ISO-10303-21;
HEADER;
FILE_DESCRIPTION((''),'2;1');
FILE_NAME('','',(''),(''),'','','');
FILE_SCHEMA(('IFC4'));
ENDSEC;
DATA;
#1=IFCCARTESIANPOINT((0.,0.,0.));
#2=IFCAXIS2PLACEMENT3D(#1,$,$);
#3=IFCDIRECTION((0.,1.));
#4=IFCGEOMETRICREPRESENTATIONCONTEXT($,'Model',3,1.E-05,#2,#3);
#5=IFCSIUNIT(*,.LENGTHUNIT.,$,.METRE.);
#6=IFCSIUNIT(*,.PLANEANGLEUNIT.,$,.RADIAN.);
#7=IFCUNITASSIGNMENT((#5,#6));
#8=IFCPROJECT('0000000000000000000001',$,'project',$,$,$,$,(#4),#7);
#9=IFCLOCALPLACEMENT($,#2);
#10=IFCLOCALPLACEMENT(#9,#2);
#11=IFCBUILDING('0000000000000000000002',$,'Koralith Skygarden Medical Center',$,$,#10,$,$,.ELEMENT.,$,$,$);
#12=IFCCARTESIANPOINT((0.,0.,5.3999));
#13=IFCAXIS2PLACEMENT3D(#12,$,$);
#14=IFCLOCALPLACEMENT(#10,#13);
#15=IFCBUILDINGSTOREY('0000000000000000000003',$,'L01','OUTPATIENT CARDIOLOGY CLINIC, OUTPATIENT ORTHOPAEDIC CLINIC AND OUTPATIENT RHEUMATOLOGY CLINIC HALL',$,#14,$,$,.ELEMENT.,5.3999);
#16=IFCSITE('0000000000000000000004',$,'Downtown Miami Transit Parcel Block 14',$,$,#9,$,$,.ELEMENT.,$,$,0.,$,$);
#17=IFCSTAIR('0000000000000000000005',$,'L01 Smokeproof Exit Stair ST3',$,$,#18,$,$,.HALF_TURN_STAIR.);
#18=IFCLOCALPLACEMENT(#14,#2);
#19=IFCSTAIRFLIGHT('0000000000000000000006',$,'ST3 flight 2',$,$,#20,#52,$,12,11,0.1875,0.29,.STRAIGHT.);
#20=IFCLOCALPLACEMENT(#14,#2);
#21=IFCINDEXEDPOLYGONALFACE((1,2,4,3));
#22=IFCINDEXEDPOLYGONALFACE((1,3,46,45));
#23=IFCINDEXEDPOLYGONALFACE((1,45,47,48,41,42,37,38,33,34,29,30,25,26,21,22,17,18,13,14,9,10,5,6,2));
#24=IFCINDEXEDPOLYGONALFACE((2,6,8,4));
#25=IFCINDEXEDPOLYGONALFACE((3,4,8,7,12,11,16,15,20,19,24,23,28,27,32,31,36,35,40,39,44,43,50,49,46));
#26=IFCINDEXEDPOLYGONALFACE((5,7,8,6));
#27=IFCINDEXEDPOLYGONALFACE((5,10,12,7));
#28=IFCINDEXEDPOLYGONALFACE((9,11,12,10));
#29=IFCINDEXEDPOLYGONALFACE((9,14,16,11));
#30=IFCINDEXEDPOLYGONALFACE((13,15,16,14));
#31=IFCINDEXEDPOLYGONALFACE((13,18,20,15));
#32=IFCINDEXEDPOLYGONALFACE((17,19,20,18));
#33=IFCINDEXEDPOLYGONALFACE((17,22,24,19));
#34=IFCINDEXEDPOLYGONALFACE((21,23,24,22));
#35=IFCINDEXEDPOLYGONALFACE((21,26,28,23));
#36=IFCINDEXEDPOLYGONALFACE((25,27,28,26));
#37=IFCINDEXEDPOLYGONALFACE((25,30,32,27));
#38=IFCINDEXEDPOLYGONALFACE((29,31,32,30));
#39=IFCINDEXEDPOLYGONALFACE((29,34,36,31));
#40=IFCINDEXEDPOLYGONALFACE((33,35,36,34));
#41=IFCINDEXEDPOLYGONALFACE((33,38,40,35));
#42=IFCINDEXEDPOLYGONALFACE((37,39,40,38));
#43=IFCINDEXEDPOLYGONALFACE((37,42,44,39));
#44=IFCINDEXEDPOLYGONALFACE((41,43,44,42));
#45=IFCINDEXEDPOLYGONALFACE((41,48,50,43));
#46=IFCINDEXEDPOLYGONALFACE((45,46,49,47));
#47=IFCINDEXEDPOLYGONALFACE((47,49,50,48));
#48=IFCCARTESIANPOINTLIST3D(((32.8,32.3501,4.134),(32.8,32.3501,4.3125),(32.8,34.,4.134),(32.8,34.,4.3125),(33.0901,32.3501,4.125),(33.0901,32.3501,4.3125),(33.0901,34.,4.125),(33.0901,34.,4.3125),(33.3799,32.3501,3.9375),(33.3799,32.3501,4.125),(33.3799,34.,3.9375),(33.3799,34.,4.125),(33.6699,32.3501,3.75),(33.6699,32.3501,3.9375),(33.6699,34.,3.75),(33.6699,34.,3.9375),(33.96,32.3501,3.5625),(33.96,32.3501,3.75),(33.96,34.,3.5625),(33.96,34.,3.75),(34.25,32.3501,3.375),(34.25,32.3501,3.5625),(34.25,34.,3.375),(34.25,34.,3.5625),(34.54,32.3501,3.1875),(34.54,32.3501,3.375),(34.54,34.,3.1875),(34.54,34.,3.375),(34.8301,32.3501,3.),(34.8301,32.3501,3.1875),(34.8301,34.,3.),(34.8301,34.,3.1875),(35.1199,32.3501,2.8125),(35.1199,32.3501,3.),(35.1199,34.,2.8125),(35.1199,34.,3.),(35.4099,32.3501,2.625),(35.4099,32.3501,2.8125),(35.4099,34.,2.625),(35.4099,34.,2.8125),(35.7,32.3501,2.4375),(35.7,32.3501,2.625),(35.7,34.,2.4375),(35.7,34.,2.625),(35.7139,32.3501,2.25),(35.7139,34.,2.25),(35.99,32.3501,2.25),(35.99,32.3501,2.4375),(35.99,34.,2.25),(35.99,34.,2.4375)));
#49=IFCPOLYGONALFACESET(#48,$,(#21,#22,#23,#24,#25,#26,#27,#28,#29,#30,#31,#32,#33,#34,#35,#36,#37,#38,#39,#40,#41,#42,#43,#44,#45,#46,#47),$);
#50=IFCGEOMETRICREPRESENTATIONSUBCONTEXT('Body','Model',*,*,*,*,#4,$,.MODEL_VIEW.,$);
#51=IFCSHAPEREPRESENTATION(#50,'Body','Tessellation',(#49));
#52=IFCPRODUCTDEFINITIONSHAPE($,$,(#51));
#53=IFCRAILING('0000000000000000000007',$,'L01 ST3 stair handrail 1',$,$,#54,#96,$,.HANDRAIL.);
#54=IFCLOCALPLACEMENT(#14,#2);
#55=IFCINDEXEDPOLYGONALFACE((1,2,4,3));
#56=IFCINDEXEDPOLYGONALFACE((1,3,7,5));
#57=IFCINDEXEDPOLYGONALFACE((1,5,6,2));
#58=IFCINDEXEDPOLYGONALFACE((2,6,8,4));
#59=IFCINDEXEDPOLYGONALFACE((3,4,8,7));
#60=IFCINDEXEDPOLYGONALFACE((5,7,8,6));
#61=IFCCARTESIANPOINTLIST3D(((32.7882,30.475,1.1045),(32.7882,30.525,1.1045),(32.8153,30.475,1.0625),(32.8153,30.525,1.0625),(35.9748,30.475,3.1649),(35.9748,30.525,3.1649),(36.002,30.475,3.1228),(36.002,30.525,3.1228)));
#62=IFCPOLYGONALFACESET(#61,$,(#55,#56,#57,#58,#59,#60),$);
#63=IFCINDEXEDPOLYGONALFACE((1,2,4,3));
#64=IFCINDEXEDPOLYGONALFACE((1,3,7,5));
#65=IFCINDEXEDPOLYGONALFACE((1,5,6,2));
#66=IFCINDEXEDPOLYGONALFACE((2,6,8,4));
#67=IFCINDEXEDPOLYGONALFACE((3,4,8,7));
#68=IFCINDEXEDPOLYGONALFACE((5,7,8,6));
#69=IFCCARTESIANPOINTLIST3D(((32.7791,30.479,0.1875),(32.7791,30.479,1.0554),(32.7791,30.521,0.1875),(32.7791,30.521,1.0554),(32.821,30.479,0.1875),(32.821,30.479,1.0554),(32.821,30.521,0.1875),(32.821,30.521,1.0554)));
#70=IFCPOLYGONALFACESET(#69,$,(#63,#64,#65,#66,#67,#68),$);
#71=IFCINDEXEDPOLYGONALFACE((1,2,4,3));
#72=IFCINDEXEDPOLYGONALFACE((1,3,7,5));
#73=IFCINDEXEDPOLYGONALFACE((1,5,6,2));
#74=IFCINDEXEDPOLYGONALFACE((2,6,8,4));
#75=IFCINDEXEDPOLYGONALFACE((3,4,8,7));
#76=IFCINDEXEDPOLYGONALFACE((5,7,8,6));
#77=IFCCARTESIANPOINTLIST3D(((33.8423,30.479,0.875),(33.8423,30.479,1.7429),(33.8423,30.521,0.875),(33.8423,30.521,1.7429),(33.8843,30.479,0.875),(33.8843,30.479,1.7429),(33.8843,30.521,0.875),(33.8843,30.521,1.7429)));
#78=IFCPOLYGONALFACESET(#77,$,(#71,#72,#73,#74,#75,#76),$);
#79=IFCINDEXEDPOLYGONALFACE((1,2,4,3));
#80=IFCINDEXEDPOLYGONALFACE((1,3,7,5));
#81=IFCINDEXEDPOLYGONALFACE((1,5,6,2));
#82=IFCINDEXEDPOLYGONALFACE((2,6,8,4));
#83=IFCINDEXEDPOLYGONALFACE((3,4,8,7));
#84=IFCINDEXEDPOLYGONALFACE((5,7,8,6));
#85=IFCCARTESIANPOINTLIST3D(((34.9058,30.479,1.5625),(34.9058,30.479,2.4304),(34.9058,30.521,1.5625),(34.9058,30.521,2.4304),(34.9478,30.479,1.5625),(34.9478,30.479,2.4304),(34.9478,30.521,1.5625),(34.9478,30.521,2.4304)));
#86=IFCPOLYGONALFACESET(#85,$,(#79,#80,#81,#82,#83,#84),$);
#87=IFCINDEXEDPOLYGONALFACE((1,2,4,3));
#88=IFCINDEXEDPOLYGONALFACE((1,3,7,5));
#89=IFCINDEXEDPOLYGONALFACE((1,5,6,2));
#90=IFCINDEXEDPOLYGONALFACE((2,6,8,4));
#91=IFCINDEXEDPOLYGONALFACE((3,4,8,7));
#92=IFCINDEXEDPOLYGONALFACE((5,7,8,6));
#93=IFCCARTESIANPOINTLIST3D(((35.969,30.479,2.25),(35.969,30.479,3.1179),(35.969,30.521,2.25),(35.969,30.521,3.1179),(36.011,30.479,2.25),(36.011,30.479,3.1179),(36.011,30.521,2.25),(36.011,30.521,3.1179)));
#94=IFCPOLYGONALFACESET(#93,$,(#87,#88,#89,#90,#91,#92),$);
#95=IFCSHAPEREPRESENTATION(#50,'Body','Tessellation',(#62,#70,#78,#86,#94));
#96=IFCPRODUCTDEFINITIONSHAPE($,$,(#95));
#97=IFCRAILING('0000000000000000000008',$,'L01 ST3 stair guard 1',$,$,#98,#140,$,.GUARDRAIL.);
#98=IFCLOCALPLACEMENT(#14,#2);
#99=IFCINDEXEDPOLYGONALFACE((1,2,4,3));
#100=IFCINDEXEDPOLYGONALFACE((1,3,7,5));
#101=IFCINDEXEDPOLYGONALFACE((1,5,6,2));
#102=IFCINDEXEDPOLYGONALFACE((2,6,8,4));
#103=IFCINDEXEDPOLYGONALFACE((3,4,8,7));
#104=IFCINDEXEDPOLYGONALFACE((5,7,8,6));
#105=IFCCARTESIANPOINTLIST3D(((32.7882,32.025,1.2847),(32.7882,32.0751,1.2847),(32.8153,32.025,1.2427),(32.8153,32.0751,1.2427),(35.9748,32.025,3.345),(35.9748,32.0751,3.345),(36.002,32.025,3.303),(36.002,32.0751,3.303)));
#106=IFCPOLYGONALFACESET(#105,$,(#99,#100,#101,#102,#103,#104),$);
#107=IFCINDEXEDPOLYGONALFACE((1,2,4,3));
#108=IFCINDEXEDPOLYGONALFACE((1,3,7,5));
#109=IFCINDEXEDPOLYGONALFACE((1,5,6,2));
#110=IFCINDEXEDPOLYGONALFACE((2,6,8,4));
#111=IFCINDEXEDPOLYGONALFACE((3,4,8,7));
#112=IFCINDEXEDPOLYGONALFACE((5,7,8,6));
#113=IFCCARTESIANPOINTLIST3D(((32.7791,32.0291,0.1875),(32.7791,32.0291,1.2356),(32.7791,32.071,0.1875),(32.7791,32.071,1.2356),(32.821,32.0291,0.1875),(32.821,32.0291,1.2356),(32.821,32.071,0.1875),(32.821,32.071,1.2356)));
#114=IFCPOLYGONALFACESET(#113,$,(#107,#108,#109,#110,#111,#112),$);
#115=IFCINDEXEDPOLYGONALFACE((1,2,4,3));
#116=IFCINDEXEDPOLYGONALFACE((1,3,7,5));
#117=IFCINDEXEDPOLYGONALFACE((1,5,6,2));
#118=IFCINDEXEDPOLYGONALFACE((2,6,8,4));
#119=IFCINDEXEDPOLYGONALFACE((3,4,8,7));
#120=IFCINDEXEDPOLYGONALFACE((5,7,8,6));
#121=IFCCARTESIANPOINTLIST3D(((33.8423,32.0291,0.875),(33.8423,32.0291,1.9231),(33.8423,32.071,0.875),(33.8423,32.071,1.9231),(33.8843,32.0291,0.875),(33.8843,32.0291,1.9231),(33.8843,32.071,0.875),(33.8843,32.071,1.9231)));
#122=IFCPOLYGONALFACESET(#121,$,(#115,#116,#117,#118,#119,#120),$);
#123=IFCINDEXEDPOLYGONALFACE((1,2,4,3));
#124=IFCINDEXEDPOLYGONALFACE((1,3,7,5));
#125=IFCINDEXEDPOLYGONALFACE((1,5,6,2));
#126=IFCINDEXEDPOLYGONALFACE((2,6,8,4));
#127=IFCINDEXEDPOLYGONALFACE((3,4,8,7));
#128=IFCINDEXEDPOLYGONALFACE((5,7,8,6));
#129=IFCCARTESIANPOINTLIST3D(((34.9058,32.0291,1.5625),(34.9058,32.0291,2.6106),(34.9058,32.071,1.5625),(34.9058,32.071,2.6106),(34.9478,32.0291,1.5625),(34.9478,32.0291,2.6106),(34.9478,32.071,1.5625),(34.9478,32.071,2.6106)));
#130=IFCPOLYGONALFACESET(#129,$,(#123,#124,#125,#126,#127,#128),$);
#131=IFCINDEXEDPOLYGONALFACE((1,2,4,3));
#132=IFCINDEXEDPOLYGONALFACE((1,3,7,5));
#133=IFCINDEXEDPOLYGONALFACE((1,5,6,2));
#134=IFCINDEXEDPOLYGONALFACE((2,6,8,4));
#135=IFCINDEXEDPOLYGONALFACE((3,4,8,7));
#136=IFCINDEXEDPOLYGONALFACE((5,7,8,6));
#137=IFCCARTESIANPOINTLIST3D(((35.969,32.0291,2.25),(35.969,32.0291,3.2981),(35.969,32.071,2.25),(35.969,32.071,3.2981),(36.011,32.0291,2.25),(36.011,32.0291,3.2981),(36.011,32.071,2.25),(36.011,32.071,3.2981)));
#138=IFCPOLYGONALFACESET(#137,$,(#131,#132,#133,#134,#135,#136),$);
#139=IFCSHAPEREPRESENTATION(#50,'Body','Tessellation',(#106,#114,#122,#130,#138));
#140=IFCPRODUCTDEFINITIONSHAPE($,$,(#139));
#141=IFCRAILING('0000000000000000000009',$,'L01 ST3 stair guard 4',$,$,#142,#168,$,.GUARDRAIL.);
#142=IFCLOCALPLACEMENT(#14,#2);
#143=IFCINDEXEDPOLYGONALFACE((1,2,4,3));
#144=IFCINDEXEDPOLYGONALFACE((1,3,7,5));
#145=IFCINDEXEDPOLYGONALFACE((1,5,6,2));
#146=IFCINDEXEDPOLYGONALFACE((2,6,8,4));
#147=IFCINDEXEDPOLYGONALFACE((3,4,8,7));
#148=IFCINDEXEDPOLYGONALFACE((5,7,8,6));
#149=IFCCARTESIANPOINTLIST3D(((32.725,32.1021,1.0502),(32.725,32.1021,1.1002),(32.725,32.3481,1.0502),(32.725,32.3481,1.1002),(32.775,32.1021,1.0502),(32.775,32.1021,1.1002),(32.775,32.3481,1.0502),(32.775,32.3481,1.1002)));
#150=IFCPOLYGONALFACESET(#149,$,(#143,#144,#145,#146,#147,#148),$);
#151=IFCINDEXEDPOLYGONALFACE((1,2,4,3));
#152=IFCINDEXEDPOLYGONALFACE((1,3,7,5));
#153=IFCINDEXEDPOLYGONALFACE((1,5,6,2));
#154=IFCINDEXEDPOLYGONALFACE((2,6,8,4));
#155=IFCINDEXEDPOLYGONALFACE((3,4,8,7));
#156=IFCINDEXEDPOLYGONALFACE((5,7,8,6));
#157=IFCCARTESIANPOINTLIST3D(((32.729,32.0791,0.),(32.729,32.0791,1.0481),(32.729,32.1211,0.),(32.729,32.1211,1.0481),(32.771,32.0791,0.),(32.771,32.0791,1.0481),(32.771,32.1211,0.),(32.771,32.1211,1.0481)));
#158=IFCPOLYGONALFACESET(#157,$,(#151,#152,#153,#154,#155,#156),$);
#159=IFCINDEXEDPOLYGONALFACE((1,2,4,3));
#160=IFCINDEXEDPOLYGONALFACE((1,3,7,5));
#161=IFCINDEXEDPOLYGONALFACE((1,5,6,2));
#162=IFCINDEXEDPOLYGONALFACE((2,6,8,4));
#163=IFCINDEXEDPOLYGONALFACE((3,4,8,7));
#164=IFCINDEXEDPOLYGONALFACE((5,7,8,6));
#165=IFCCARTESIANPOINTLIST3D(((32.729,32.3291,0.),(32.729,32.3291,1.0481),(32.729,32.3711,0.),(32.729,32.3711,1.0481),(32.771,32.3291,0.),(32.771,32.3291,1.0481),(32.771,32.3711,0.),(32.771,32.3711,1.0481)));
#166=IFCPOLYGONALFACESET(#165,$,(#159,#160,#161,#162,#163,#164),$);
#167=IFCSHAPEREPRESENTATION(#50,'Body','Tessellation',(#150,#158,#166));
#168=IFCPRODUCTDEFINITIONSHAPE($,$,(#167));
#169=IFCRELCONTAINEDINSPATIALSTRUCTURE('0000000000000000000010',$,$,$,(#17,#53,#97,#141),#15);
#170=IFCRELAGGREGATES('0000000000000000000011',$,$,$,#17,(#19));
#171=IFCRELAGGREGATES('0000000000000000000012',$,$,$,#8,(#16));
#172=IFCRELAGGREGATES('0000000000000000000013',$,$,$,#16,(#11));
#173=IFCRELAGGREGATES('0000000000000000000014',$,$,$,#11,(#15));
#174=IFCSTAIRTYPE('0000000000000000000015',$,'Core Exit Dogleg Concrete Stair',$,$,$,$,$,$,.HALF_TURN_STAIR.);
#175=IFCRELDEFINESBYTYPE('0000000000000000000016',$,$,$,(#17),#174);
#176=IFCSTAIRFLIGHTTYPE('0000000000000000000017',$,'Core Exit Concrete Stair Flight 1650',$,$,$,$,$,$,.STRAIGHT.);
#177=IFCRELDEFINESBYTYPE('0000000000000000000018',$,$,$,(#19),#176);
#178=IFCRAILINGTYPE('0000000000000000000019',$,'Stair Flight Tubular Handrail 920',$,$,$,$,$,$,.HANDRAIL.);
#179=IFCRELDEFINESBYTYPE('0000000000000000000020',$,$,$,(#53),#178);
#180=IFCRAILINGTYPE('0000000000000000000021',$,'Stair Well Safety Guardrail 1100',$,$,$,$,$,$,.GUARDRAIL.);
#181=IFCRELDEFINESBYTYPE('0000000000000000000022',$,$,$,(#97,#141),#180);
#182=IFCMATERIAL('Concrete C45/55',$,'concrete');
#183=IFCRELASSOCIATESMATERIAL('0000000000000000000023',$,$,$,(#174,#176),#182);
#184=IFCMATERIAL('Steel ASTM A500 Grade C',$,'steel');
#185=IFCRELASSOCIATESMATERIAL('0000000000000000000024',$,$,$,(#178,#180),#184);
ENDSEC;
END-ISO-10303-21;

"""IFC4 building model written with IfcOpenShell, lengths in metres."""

from ifc_helpers import new_model, si_unit, direction, frame, origin, origin_2d, place, context, subcontext, project, spatial, polyline, rectangle, outline, extrude, material, type_object, element, aggregate, save


model = new_model("IFC4")

# Units and contexts
model_context = context("Model", 3, precision=1e-05, world=origin(), true_north=direction((0.0, 1.0)))
body_context = subcontext(model_context, "Body", "Model", "MODEL_VIEW")
ifc_project = project(units=[si_unit("LENGTHUNIT", "METRE"), si_unit("PLANEANGLEUNIT", "RADIAN")], contexts=[model_context])

# Site, building, storey
site_placement = place(None, origin())
site = spatial("IfcSite", under=ifc_project, at=site_placement, Name="Downtown Miami Transit Parcel Block 14", CompositionType="ELEMENT", RefElevation=0.0)
building_placement = place(site_placement, origin())
building = spatial("IfcBuilding", under=site, at=building_placement, Name="Koralith Skygarden Medical Center", CompositionType="ELEMENT")
storey_placement = place(building_placement, frame((0.0, 0.0, 5.3999)))
storey = spatial("IfcBuildingStorey", under=building, at=storey_placement, Name="L01", Description="OUTPATIENT CARDIOLOGY CLINIC, OUTPATIENT ORTHOPAEDIC CLINIC AND OUTPATIENT RHEUMATOLOGY CLINIC HALL", CompositionType="ELEMENT", Elevation=5.3999)

# Shared definitions
ifc_material_1 = material(Name="Concrete C45/55", Category="concrete")

# Stair, stair flight
stair_type = type_object("IfcStairType", Name="Core Exit Dogleg Concrete Stair", PredefinedType="HALF_TURN_STAIR", material=ifc_material_1)
stair_placement = place(storey_placement, origin())
stair = element("IfcStair", 1, at=stair_placement, inside=storey, type_object=stair_type, Name="L01 Smokeproof Exit Stair ST3", PredefinedType="HALF_TURN_STAIR")
stair_flight_type = type_object("IfcStairFlightType", Name="Core Exit Concrete Stair Flight 1650", PredefinedType="STRAIGHT", material=ifc_material_1)
stair_flight_1_placement = place(storey_placement, frame((35.99, 33.175, 2.25), z_axis=(0.0, 0.0, 1.0), x_axis=(-1.0, 0.0, 0.0)))
stair_flight_1 = element("IfcStairFlight", 2, at=stair_flight_1_placement, type_object=stair_flight_type, Name="ST3 flight 2", NumberOfRisers=12, NumberOfTreads=11, PredefinedType="STRAIGHT", RiserHeight=0.1875, TreadLength=0.29, context=body_context, shape_type="SweptSolid", body=[
    extrude(outline(polyline([(0.0, 0.0), (0.0, 0.1875), (0.29, 0.1875), (0.29, 0.375), (0.5801, 0.375), (0.5801, 0.5625), (0.8701, 0.5625), (0.8701, 0.75), (1.1599, 0.75), (1.1599, 0.9375), (1.45, 0.9375), (1.45, 1.125), (1.74, 1.125), (1.74, 1.3125), (2.03, 1.3125), (2.03, 1.5), (2.3201, 1.5), (2.3201, 1.6875), (2.6101, 1.6875), (2.6101, 1.875), (2.8999, 1.875), (2.8999, 2.0625), (3.1899, 2.0625), (3.1899, 2.25), (3.1899, 1.884), (0.2761, 0.0), (0.0, 0.0)])), frame((0.0, 0.825, 0.0), z_axis=(0.0, -1.0, 0.0), x_axis=(1.0, 0.0, 0.0)), (0.0, 0.0, 1.0), 1.6499),
])
aggregate(stair, [stair_flight_1])

# Railings
ifc_material_2 = material(Name="Steel ASTM A500 Grade C", Category="steel")
railing_type_1 = type_object("IfcRailingType", Name="Stair Flight Tubular Handrail 920", PredefinedType="HANDRAIL", material=ifc_material_2)
railing_1_placement = place(storey_placement, frame((32.8, 30.5, 0.1875)))
element("IfcRailing", 3, at=railing_1_placement, inside=storey, type_object=railing_type_1, Name="L01 ST3 stair handrail 1", PredefinedType="HANDRAIL", context=body_context, shape_type="SweptSolid", body=[
    extrude(rectangle(XDim=0.05, YDim=0.05, at=origin_2d()), frame((0.0017, 0.0, 0.896), z_axis=(0.83976, 0.0, 0.542958), x_axis=(0.0, 1.0, 0.0)), (0.0, 0.0, 1.0), 3.7947),
    extrude(rectangle(XDim=0.042, YDim=0.042, at=origin_2d()), origin(), (0.0, 0.0, 1.0), 0.8679),
    extrude(rectangle(XDim=0.042, YDim=0.042, at=origin_2d()), frame((1.0632, 0.0, 0.6875)), (0.0, 0.0, 1.0), 0.8679),
    extrude(rectangle(XDim=0.042, YDim=0.042, at=origin_2d()), frame((2.1267, 0.0, 1.375)), (0.0, 0.0, 1.0), 0.8679),
    extrude(rectangle(XDim=0.042, YDim=0.042, at=origin_2d()), frame((3.1899, 0.0, 2.0625)), (0.0, 0.0, 1.0), 0.8679),
])
railing_type_2 = type_object("IfcRailingType", Name="Stair Well Safety Guardrail 1100", PredefinedType="GUARDRAIL", material=ifc_material_2)
railing_2_placement = place(storey_placement, frame((32.8, 32.05, 0.1875)))
element("IfcRailing", 4, at=railing_2_placement, inside=storey, type_object=railing_type_2, Name="L01 ST3 stair guard 1", PredefinedType="GUARDRAIL", context=body_context, shape_type="SweptSolid", body=[
    extrude(rectangle(XDim=0.05, YDim=0.05, at=origin_2d()), frame((0.0017, 0.0, 1.0762), z_axis=(0.83976, 0.0, 0.542958), x_axis=(0.0, 1.0, 0.0)), (0.0, 0.0, 1.0), 3.7947),
    extrude(rectangle(XDim=0.042, YDim=0.042, at=origin_2d()), origin(), (0.0, 0.0, 1.0), 1.0481),
    extrude(rectangle(XDim=0.042, YDim=0.042, at=origin_2d()), frame((1.0632, 0.0, 0.6875)), (0.0, 0.0, 1.0), 1.0481),
    extrude(rectangle(XDim=0.042, YDim=0.042, at=origin_2d()), frame((2.1267, 0.0, 1.375)), (0.0, 0.0, 1.0), 1.0481),
    extrude(rectangle(XDim=0.042, YDim=0.042, at=origin_2d()), frame((3.1899, 0.0, 2.0625)), (0.0, 0.0, 1.0), 1.0481),
])
railing_3_placement = place(storey_placement, frame((32.75, 32.1001, 0.0)))
element("IfcRailing", 5, at=railing_3_placement, inside=storey, type_object=railing_type_2, Name="L01 ST3 stair guard 4", PredefinedType="GUARDRAIL", context=body_context, shape_type="SweptSolid", body=[
    extrude(rectangle(XDim=0.05, YDim=0.05, at=origin_2d()), frame((0.0, 0.002, 1.0752), z_axis=(0.0, 1.0, 0.0), x_axis=(-1.0, 0.0, 0.0)), (0.0, 0.0, 1.0), 0.2461),
    extrude(rectangle(XDim=0.042, YDim=0.042, at=origin_2d()), origin(), (0.0, 0.0, 1.0), 1.0481),
    extrude(rectangle(XDim=0.042, YDim=0.042, at=origin_2d()), frame((0.0, 0.25, 0.0)), (0.0, 0.0, 1.0), 1.0481),
])

save(model, "model.ifc")
